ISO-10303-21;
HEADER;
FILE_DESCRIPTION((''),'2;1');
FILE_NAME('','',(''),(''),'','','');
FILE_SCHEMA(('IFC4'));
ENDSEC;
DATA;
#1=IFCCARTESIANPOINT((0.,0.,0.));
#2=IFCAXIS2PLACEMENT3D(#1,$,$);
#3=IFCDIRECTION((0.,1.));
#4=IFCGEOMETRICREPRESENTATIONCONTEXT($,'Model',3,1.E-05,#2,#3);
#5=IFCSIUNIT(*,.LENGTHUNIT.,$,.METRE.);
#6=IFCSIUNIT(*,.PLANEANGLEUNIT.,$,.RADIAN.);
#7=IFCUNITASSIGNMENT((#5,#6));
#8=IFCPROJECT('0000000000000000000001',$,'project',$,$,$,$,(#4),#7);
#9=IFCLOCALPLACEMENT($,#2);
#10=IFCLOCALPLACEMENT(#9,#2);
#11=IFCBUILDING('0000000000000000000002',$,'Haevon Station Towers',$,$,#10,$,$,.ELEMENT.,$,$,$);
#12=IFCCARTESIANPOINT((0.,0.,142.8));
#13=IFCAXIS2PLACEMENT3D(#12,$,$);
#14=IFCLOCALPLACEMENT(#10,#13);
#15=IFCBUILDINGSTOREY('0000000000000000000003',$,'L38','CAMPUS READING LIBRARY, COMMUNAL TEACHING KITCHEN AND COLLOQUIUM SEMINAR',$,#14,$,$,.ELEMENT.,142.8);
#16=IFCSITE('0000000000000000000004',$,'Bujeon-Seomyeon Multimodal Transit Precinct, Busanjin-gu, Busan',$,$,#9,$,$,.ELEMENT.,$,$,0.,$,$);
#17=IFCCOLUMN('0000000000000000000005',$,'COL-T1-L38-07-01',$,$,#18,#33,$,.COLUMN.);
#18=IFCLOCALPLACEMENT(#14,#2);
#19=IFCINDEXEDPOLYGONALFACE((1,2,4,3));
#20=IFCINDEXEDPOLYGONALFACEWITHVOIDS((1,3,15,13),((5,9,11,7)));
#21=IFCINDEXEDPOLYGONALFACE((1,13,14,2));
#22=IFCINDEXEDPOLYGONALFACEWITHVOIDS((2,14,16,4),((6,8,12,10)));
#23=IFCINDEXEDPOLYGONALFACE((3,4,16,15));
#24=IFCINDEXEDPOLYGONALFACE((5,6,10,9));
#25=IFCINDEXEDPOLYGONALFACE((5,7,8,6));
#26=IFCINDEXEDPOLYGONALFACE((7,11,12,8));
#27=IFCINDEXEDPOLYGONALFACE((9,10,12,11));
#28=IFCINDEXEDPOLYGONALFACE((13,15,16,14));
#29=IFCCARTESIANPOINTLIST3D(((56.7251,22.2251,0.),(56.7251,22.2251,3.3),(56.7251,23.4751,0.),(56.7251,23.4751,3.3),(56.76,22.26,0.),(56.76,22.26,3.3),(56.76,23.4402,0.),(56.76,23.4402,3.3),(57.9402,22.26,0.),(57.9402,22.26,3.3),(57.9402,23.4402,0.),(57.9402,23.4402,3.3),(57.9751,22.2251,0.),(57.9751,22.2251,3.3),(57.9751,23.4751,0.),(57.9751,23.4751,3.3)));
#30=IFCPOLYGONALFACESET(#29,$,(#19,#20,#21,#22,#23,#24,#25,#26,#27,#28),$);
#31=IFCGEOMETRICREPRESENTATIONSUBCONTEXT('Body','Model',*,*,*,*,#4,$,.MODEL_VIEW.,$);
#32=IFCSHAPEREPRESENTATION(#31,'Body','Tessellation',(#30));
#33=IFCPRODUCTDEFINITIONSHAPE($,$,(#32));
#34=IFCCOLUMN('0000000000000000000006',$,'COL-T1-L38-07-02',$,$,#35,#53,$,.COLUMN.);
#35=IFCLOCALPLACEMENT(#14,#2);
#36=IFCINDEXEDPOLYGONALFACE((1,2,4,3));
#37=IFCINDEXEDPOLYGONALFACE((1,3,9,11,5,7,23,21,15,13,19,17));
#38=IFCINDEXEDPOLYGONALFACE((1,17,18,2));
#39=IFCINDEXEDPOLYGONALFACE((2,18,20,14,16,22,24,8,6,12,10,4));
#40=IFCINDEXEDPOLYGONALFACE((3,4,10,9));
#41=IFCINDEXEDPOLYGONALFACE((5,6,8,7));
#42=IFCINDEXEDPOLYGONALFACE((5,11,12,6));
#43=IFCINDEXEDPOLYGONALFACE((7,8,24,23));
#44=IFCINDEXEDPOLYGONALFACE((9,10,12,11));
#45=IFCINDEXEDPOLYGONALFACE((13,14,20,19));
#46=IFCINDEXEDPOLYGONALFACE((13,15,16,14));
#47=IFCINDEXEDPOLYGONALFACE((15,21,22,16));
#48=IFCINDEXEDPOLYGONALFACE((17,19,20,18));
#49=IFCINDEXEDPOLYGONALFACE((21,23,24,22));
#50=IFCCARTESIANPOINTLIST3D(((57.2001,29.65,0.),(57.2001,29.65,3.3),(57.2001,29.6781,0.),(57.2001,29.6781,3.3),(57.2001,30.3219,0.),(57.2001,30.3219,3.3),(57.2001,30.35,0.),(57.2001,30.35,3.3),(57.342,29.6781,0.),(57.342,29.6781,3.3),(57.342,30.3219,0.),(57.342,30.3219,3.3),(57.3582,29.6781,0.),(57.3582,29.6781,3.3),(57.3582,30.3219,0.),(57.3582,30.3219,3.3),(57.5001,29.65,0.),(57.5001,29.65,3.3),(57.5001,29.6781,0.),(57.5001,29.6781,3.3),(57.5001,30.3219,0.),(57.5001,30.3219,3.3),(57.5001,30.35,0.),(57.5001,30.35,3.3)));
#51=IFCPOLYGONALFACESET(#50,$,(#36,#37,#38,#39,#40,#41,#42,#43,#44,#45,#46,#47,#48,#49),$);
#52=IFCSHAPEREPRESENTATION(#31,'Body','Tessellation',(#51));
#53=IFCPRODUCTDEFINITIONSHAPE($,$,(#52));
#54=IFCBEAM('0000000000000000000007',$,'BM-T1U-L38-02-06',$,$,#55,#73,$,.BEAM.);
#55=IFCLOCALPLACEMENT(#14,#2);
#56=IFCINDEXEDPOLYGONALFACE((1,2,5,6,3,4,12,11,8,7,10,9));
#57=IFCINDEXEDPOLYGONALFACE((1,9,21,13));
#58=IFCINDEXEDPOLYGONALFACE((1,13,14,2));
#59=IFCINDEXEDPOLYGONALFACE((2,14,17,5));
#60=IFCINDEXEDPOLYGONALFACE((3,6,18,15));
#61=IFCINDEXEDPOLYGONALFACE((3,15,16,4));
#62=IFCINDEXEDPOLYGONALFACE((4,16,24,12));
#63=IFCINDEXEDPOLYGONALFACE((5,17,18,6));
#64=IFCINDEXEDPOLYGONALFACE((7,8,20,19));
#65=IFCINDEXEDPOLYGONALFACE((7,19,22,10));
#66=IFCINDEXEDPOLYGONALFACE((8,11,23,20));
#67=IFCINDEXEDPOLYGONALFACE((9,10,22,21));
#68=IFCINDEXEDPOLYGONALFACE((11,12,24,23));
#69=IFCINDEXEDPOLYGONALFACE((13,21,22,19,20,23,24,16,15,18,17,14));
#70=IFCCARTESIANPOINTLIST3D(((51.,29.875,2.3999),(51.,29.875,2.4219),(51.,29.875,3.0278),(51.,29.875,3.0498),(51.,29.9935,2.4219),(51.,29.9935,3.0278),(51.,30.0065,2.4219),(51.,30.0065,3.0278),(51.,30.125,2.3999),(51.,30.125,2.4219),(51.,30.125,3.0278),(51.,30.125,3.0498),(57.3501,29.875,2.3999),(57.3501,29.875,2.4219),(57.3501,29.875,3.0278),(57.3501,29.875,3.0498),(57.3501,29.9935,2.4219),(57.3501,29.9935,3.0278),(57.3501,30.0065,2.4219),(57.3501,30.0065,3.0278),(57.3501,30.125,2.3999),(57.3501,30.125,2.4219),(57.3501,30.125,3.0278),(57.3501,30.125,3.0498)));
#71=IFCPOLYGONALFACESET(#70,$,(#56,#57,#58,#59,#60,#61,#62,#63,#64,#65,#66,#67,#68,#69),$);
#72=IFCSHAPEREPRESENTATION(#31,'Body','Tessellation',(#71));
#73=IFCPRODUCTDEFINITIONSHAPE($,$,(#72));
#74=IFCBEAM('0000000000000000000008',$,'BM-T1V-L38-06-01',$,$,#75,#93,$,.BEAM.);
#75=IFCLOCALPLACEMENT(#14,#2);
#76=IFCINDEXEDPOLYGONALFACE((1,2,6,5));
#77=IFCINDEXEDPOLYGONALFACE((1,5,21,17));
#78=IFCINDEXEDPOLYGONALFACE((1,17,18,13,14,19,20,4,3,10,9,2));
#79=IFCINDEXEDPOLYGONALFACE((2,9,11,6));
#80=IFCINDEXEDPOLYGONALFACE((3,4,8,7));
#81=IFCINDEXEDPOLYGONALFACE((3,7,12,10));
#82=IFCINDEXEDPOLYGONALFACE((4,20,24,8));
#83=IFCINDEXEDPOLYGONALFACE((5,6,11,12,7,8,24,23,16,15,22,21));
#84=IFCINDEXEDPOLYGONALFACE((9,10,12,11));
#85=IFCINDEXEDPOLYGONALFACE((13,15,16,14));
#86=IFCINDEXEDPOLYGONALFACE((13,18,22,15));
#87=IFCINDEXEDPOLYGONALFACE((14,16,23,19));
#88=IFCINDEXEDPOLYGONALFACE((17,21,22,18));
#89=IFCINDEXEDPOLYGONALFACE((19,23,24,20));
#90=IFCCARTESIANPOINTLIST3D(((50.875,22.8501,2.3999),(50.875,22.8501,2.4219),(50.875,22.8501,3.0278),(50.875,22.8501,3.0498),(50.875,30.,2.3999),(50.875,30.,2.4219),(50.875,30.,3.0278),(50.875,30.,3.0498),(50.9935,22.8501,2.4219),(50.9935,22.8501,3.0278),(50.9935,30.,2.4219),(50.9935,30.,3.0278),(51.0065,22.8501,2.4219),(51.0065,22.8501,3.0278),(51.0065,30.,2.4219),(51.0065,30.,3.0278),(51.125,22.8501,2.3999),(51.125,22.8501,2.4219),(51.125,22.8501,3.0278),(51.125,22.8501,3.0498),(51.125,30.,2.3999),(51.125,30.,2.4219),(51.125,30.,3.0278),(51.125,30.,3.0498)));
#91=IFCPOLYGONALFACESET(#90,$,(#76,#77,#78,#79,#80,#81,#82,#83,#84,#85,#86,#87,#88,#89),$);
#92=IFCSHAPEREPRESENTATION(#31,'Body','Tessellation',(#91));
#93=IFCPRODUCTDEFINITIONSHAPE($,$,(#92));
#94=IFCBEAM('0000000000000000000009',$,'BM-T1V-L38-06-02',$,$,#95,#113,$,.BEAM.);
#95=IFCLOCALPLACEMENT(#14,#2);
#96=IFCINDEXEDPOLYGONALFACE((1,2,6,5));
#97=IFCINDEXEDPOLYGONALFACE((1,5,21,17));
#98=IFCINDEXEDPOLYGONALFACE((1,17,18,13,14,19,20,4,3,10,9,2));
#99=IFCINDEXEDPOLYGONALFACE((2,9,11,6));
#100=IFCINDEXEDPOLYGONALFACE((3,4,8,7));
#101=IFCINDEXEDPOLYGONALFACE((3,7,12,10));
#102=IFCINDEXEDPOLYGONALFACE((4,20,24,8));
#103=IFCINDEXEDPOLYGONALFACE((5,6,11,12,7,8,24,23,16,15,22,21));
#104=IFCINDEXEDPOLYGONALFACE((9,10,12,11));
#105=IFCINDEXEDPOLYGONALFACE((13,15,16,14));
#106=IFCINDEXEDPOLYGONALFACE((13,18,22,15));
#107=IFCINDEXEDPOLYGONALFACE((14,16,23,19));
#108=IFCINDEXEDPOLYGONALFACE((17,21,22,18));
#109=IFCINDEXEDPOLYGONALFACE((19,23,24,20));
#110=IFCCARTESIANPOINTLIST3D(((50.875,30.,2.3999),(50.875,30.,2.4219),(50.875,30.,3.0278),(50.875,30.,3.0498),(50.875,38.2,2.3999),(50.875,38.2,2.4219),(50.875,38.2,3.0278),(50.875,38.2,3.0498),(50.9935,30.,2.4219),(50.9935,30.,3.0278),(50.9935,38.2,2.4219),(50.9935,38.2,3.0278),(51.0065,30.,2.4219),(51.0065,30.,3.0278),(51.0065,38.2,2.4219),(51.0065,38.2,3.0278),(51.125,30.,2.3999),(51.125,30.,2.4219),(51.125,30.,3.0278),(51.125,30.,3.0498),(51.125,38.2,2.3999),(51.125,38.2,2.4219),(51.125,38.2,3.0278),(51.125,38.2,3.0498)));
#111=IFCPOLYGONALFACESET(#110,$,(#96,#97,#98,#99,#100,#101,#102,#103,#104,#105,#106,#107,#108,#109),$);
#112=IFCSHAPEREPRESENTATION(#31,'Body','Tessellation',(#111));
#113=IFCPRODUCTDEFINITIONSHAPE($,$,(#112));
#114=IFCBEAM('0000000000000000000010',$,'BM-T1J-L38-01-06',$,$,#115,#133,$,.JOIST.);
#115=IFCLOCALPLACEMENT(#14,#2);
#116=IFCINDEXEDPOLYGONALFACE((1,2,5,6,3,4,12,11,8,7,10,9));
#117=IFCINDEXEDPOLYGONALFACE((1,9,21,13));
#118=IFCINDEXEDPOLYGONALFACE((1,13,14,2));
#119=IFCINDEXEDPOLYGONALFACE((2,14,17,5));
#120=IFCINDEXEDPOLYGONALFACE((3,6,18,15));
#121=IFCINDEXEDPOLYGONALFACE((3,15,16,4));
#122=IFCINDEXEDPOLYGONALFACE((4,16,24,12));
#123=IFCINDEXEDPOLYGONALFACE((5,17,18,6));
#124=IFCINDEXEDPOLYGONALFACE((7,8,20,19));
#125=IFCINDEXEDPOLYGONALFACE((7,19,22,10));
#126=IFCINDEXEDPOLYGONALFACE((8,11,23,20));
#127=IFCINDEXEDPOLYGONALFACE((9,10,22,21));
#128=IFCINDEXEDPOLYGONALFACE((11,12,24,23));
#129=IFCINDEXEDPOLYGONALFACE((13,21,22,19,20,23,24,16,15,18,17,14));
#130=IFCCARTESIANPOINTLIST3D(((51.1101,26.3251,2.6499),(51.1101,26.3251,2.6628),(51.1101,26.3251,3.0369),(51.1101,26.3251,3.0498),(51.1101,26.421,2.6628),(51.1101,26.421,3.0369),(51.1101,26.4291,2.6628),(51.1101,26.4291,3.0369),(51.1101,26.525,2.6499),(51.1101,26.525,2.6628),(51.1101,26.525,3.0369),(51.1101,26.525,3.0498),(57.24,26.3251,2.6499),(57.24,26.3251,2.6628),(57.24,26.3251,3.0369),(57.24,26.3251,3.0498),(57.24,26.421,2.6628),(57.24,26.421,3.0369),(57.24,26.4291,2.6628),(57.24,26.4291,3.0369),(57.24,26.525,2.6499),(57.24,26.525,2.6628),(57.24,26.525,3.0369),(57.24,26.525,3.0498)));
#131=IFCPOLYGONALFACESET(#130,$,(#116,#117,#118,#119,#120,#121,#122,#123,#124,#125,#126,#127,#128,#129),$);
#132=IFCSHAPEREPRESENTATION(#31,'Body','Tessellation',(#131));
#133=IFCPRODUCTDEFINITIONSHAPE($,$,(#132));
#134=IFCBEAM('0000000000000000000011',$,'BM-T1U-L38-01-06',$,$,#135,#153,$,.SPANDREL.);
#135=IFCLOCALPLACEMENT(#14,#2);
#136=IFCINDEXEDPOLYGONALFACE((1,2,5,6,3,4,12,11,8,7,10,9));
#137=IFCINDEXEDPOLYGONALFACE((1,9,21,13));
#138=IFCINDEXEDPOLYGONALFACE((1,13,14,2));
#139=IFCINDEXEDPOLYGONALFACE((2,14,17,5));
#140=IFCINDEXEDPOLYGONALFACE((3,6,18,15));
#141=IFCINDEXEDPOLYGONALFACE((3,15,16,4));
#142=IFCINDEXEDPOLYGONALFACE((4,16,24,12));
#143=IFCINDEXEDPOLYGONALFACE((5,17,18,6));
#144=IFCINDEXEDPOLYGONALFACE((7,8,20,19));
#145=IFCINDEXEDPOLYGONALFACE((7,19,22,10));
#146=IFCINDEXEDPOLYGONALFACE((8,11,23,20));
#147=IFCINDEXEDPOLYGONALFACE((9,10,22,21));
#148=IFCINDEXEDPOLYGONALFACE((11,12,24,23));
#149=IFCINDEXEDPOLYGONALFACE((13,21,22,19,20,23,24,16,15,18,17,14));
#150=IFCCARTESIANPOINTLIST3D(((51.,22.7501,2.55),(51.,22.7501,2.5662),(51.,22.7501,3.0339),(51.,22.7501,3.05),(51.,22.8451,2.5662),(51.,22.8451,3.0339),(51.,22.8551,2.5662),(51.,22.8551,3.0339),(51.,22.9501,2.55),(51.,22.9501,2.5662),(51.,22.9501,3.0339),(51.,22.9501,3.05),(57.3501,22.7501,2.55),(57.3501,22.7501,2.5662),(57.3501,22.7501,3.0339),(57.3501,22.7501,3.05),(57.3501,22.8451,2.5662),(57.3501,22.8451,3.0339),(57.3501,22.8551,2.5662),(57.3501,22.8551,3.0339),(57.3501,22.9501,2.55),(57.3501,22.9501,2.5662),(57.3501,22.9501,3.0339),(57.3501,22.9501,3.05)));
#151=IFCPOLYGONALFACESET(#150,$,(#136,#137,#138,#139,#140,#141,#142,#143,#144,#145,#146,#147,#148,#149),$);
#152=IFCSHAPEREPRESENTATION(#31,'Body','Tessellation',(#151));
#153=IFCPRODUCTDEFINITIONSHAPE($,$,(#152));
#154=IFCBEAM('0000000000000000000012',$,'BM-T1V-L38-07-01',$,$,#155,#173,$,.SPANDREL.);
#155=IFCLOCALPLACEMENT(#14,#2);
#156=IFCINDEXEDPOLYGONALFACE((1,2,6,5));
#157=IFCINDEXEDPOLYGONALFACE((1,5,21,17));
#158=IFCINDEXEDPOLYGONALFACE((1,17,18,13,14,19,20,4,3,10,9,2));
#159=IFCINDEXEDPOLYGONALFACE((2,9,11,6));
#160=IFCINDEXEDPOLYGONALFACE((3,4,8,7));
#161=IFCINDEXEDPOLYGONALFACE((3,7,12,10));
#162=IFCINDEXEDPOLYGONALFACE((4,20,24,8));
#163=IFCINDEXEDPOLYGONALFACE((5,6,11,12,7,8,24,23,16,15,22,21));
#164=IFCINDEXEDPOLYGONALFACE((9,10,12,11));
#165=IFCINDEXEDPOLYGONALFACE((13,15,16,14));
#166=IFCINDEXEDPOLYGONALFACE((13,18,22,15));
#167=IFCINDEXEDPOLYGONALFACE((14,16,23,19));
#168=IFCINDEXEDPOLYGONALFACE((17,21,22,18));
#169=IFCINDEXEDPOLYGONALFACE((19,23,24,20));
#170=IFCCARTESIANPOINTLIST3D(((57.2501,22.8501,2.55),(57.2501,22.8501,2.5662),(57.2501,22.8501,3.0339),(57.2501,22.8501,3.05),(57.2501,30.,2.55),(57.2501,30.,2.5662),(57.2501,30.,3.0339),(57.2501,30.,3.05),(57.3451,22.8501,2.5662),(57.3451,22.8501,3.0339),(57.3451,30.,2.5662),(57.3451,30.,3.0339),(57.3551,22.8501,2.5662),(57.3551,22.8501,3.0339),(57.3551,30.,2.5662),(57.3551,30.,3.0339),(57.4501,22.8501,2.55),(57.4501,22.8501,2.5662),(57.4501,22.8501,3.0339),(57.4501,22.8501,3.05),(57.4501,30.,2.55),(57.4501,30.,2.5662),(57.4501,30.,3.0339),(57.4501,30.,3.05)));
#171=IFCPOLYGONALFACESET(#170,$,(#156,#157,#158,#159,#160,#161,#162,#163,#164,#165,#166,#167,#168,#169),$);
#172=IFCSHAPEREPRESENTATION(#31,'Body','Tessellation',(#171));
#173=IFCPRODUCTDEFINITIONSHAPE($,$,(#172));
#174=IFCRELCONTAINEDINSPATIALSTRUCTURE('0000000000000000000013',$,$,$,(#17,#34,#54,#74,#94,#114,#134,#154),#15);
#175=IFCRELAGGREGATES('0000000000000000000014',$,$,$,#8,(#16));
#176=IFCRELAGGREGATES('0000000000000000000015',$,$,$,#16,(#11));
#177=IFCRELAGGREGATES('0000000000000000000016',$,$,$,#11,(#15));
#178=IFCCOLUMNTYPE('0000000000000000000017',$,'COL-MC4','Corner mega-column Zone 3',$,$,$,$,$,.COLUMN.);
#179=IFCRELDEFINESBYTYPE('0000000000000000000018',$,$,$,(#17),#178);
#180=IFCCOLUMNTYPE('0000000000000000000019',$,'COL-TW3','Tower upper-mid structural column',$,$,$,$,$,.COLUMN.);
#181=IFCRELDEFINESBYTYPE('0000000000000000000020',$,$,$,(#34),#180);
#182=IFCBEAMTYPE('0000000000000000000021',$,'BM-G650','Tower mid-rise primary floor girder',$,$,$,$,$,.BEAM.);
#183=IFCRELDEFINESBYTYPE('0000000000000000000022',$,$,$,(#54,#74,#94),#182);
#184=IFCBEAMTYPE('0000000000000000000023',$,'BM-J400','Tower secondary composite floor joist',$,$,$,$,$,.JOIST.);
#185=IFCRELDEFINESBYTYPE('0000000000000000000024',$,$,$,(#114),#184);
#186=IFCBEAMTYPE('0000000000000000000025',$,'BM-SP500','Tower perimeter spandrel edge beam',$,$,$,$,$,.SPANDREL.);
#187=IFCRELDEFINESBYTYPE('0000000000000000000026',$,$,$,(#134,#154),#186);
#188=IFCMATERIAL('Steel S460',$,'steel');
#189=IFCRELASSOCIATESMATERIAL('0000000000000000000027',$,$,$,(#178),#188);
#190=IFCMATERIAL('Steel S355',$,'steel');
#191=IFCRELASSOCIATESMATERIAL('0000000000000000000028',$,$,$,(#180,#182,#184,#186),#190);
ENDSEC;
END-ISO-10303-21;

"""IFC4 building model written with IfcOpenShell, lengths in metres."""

from ifc_helpers import new_model, si_unit, direction, frame, origin, origin_2d, place, context, subcontext, project, spatial, hollow_rectangle, i_section, extrude, material, material_profile, profile_set, type_object, element, save


model = new_model("IFC4")

# Units and contexts
model_context = context("Model", 3, precision=1e-05, world=origin(), true_north=direction((0.0, 1.0)))
body_context = subcontext(model_context, "Body", "Model", "MODEL_VIEW")
ifc_project = project(units=[si_unit("LENGTHUNIT", "METRE"), si_unit("PLANEANGLEUNIT", "RADIAN")], contexts=[model_context])

# Site, building, storey
site_placement = place(None, origin())
site = spatial("IfcSite", under=ifc_project, at=site_placement, Name="Bujeon-Seomyeon Multimodal Transit Precinct, Busanjin-gu, Busan", CompositionType="ELEMENT", RefElevation=0.0)
building_placement = place(site_placement, origin())
building = spatial("IfcBuilding", under=site, at=building_placement, Name="Haevon Station Towers", CompositionType="ELEMENT")
storey_placement = place(building_placement, frame((0.0, 0.0, 142.8)))
storey = spatial("IfcBuildingStorey", under=building, at=storey_placement, Name="L38", Description="CAMPUS READING LIBRARY, COMMUNAL TEACHING KITCHEN AND COLLOQUIUM SEMINAR", CompositionType="ELEMENT", Elevation=142.8)

# Columns
ifc_material_1 = material(Name="Steel S460", Category="steel")
ifc_material_profile_1 = material_profile(ifc_material_1, hollow_rectangle(XDim=1.25, YDim=1.25, WallThickness=0.0349, at=origin_2d()), Name="BOX-1250x1250x35")
ifc_profile_set_1 = profile_set([ifc_material_profile_1], Name="Steel S460")
column_type_1 = type_object("IfcColumnType", Name="COL-MC4", Description="Corner mega-column Zone 3", PredefinedType="COLUMN", material=ifc_profile_set_1)
column_1_placement = place(storey_placement, frame((57.3501, 22.8501, 0.0), z_axis=(0.0, 0.0, 1.0), x_axis=(1.0, 0.0, 0.0)))
element("IfcColumn", 1, at=column_1_placement, inside=storey, type_object=column_type_1, Name="COL-T1-L38-07-01", PredefinedType="COLUMN", context=body_context, shape_type="SweptSolid", body=[
    extrude(hollow_rectangle(XDim=1.25, YDim=1.25, WallThickness=0.0349, at=origin_2d()), origin(), (0.0, 0.0, 1.0), 3.3),
])
ifc_material_2 = material(Name="Steel S355", Category="steel")
ifc_material_profile_2 = material_profile(ifc_material_2, i_section(OverallWidth=0.3, OverallDepth=0.7, WebThickness=0.0161, FlangeThickness=0.0281, at=origin_2d()), Name="H-700x300x16x28")
ifc_profile_set_2 = profile_set([ifc_material_profile_2], Name="Steel S355")
column_type_2 = type_object("IfcColumnType", Name="COL-TW3", Description="Tower upper-mid structural column", PredefinedType="COLUMN", material=ifc_profile_set_2)
column_2_placement = place(storey_placement, frame((57.3501, 30.0, 0.0), z_axis=(0.0, 0.0, 1.0), x_axis=(1.0, 0.0, 0.0)))
element("IfcColumn", 2, at=column_2_placement, inside=storey, type_object=column_type_2, Name="COL-T1-L38-07-02", PredefinedType="COLUMN", context=body_context, shape_type="SweptSolid", body=[
    extrude(i_section(OverallWidth=0.3, OverallDepth=0.7, WebThickness=0.0161, FlangeThickness=0.0281, at=origin_2d()), origin(), (0.0, 0.0, 1.0), 3.3),
])

# Beams
ifc_material_profile_3 = material_profile(ifc_material_2, i_section(OverallWidth=0.25, OverallDepth=0.6499, WebThickness=0.0129, FlangeThickness=0.022, at=origin_2d()), Name="H-650x250x13x22")
ifc_profile_set_3 = profile_set([ifc_material_profile_3], Name="Steel S355")
beam_type_1 = type_object("IfcBeamType", Name="BM-G650", Description="Tower mid-rise primary floor girder", PredefinedType="BEAM", material=ifc_profile_set_3)
beam_1_placement = place(storey_placement, frame((51.0, 30.0, 2.7249), z_axis=(1.0, 0.0, 0.0), x_axis=(0.0, 1.0, 0.0)))
element("IfcBeam", 3, at=beam_1_placement, inside=storey, type_object=beam_type_1, Name="BM-T1U-L38-02-06", PredefinedType="BEAM", context=body_context, shape_type="SweptSolid", body=[
    extrude(i_section(OverallWidth=0.25, OverallDepth=0.6499, WebThickness=0.0129, FlangeThickness=0.022, at=origin_2d()), origin(), (0.0, 0.0, 1.0), 6.3501),
])
beam_2_placement = place(storey_placement, frame((51.0, 22.8501, 2.7249), z_axis=(0.0, 1.0, 0.0), x_axis=(-1.0, 0.0, 0.0)))
element("IfcBeam", 4, at=beam_2_placement, inside=storey, type_object=beam_type_1, Name="BM-T1V-L38-06-01", PredefinedType="BEAM", context=body_context, shape_type="SweptSolid", body=[
    extrude(i_section(OverallWidth=0.25, OverallDepth=0.6499, WebThickness=0.0129, FlangeThickness=0.022, at=origin_2d()), origin(), (0.0, 0.0, 1.0), 7.1499),
])
beam_3_placement = place(storey_placement, frame((51.0, 30.0, 2.7249), z_axis=(0.0, 1.0, 0.0), x_axis=(-1.0, 0.0, 0.0)))
element("IfcBeam", 5, at=beam_3_placement, inside=storey, type_object=beam_type_1, Name="BM-T1V-L38-06-02", PredefinedType="BEAM", context=body_context, shape_type="SweptSolid", body=[
    extrude(i_section(OverallWidth=0.25, OverallDepth=0.6499, WebThickness=0.0129, FlangeThickness=0.022, at=origin_2d()), origin(), (0.0, 0.0, 1.0), 8.2),
])
ifc_material_profile_4 = material_profile(ifc_material_2, i_section(OverallWidth=0.2, OverallDepth=0.3999, WebThickness=0.0081, FlangeThickness=0.0129, at=origin_2d()), Name="H-400x200x8x13")
ifc_profile_set_4 = profile_set([ifc_material_profile_4], Name="Steel S355")
beam_type_2 = type_object("IfcBeamType", Name="BM-J400", Description="Tower secondary composite floor joist", PredefinedType="JOIST", material=ifc_profile_set_4)
beam_4_placement = place(storey_placement, frame((51.1101, 26.425, 2.8499), z_axis=(1.0, 0.0, 0.0), x_axis=(0.0, 1.0, 0.0)))
element("IfcBeam", 6, at=beam_4_placement, inside=storey, type_object=beam_type_2, Name="BM-T1J-L38-01-06", PredefinedType="JOIST", context=body_context, shape_type="SweptSolid", body=[
    extrude(i_section(OverallWidth=0.2, OverallDepth=0.3999, WebThickness=0.0081, FlangeThickness=0.0129, at=origin_2d()), origin(), (0.0, 0.0, 1.0), 6.1299),
])
ifc_material_profile_5 = material_profile(ifc_material_2, i_section(OverallWidth=0.2, OverallDepth=0.5, WebThickness=0.01, FlangeThickness=0.0161, at=origin_2d()), Name="H-500x200x10x16")
ifc_profile_set_5 = profile_set([ifc_material_profile_5], Name="Steel S355")
beam_type_3 = type_object("IfcBeamType", Name="BM-SP500", Description="Tower perimeter spandrel edge beam", PredefinedType="SPANDREL", material=ifc_profile_set_5)
beam_5_placement = place(storey_placement, frame((51.0, 22.8501, 2.8), z_axis=(1.0, 0.0, 0.0), x_axis=(0.0, 1.0, 0.0)))
element("IfcBeam", 7, at=beam_5_placement, inside=storey, type_object=beam_type_3, Name="BM-T1U-L38-01-06", PredefinedType="SPANDREL", context=body_context, shape_type="SweptSolid", body=[
    extrude(i_section(OverallWidth=0.2, OverallDepth=0.5, WebThickness=0.01, FlangeThickness=0.0161, at=origin_2d()), origin(), (0.0, 0.0, 1.0), 6.3501),
])
beam_6_placement = place(storey_placement, frame((57.3501, 22.8501, 2.8), z_axis=(0.0, 1.0, 0.0), x_axis=(-1.0, 0.0, 0.0)))
element("IfcBeam", 8, at=beam_6_placement, inside=storey, type_object=beam_type_3, Name="BM-T1V-L38-07-01", PredefinedType="SPANDREL", context=body_context, shape_type="SweptSolid", body=[
    extrude(i_section(OverallWidth=0.2, OverallDepth=0.5, WebThickness=0.01, FlangeThickness=0.0161, at=origin_2d()), origin(), (0.0, 0.0, 1.0), 7.1499),
])

save(model, "model.ifc")
